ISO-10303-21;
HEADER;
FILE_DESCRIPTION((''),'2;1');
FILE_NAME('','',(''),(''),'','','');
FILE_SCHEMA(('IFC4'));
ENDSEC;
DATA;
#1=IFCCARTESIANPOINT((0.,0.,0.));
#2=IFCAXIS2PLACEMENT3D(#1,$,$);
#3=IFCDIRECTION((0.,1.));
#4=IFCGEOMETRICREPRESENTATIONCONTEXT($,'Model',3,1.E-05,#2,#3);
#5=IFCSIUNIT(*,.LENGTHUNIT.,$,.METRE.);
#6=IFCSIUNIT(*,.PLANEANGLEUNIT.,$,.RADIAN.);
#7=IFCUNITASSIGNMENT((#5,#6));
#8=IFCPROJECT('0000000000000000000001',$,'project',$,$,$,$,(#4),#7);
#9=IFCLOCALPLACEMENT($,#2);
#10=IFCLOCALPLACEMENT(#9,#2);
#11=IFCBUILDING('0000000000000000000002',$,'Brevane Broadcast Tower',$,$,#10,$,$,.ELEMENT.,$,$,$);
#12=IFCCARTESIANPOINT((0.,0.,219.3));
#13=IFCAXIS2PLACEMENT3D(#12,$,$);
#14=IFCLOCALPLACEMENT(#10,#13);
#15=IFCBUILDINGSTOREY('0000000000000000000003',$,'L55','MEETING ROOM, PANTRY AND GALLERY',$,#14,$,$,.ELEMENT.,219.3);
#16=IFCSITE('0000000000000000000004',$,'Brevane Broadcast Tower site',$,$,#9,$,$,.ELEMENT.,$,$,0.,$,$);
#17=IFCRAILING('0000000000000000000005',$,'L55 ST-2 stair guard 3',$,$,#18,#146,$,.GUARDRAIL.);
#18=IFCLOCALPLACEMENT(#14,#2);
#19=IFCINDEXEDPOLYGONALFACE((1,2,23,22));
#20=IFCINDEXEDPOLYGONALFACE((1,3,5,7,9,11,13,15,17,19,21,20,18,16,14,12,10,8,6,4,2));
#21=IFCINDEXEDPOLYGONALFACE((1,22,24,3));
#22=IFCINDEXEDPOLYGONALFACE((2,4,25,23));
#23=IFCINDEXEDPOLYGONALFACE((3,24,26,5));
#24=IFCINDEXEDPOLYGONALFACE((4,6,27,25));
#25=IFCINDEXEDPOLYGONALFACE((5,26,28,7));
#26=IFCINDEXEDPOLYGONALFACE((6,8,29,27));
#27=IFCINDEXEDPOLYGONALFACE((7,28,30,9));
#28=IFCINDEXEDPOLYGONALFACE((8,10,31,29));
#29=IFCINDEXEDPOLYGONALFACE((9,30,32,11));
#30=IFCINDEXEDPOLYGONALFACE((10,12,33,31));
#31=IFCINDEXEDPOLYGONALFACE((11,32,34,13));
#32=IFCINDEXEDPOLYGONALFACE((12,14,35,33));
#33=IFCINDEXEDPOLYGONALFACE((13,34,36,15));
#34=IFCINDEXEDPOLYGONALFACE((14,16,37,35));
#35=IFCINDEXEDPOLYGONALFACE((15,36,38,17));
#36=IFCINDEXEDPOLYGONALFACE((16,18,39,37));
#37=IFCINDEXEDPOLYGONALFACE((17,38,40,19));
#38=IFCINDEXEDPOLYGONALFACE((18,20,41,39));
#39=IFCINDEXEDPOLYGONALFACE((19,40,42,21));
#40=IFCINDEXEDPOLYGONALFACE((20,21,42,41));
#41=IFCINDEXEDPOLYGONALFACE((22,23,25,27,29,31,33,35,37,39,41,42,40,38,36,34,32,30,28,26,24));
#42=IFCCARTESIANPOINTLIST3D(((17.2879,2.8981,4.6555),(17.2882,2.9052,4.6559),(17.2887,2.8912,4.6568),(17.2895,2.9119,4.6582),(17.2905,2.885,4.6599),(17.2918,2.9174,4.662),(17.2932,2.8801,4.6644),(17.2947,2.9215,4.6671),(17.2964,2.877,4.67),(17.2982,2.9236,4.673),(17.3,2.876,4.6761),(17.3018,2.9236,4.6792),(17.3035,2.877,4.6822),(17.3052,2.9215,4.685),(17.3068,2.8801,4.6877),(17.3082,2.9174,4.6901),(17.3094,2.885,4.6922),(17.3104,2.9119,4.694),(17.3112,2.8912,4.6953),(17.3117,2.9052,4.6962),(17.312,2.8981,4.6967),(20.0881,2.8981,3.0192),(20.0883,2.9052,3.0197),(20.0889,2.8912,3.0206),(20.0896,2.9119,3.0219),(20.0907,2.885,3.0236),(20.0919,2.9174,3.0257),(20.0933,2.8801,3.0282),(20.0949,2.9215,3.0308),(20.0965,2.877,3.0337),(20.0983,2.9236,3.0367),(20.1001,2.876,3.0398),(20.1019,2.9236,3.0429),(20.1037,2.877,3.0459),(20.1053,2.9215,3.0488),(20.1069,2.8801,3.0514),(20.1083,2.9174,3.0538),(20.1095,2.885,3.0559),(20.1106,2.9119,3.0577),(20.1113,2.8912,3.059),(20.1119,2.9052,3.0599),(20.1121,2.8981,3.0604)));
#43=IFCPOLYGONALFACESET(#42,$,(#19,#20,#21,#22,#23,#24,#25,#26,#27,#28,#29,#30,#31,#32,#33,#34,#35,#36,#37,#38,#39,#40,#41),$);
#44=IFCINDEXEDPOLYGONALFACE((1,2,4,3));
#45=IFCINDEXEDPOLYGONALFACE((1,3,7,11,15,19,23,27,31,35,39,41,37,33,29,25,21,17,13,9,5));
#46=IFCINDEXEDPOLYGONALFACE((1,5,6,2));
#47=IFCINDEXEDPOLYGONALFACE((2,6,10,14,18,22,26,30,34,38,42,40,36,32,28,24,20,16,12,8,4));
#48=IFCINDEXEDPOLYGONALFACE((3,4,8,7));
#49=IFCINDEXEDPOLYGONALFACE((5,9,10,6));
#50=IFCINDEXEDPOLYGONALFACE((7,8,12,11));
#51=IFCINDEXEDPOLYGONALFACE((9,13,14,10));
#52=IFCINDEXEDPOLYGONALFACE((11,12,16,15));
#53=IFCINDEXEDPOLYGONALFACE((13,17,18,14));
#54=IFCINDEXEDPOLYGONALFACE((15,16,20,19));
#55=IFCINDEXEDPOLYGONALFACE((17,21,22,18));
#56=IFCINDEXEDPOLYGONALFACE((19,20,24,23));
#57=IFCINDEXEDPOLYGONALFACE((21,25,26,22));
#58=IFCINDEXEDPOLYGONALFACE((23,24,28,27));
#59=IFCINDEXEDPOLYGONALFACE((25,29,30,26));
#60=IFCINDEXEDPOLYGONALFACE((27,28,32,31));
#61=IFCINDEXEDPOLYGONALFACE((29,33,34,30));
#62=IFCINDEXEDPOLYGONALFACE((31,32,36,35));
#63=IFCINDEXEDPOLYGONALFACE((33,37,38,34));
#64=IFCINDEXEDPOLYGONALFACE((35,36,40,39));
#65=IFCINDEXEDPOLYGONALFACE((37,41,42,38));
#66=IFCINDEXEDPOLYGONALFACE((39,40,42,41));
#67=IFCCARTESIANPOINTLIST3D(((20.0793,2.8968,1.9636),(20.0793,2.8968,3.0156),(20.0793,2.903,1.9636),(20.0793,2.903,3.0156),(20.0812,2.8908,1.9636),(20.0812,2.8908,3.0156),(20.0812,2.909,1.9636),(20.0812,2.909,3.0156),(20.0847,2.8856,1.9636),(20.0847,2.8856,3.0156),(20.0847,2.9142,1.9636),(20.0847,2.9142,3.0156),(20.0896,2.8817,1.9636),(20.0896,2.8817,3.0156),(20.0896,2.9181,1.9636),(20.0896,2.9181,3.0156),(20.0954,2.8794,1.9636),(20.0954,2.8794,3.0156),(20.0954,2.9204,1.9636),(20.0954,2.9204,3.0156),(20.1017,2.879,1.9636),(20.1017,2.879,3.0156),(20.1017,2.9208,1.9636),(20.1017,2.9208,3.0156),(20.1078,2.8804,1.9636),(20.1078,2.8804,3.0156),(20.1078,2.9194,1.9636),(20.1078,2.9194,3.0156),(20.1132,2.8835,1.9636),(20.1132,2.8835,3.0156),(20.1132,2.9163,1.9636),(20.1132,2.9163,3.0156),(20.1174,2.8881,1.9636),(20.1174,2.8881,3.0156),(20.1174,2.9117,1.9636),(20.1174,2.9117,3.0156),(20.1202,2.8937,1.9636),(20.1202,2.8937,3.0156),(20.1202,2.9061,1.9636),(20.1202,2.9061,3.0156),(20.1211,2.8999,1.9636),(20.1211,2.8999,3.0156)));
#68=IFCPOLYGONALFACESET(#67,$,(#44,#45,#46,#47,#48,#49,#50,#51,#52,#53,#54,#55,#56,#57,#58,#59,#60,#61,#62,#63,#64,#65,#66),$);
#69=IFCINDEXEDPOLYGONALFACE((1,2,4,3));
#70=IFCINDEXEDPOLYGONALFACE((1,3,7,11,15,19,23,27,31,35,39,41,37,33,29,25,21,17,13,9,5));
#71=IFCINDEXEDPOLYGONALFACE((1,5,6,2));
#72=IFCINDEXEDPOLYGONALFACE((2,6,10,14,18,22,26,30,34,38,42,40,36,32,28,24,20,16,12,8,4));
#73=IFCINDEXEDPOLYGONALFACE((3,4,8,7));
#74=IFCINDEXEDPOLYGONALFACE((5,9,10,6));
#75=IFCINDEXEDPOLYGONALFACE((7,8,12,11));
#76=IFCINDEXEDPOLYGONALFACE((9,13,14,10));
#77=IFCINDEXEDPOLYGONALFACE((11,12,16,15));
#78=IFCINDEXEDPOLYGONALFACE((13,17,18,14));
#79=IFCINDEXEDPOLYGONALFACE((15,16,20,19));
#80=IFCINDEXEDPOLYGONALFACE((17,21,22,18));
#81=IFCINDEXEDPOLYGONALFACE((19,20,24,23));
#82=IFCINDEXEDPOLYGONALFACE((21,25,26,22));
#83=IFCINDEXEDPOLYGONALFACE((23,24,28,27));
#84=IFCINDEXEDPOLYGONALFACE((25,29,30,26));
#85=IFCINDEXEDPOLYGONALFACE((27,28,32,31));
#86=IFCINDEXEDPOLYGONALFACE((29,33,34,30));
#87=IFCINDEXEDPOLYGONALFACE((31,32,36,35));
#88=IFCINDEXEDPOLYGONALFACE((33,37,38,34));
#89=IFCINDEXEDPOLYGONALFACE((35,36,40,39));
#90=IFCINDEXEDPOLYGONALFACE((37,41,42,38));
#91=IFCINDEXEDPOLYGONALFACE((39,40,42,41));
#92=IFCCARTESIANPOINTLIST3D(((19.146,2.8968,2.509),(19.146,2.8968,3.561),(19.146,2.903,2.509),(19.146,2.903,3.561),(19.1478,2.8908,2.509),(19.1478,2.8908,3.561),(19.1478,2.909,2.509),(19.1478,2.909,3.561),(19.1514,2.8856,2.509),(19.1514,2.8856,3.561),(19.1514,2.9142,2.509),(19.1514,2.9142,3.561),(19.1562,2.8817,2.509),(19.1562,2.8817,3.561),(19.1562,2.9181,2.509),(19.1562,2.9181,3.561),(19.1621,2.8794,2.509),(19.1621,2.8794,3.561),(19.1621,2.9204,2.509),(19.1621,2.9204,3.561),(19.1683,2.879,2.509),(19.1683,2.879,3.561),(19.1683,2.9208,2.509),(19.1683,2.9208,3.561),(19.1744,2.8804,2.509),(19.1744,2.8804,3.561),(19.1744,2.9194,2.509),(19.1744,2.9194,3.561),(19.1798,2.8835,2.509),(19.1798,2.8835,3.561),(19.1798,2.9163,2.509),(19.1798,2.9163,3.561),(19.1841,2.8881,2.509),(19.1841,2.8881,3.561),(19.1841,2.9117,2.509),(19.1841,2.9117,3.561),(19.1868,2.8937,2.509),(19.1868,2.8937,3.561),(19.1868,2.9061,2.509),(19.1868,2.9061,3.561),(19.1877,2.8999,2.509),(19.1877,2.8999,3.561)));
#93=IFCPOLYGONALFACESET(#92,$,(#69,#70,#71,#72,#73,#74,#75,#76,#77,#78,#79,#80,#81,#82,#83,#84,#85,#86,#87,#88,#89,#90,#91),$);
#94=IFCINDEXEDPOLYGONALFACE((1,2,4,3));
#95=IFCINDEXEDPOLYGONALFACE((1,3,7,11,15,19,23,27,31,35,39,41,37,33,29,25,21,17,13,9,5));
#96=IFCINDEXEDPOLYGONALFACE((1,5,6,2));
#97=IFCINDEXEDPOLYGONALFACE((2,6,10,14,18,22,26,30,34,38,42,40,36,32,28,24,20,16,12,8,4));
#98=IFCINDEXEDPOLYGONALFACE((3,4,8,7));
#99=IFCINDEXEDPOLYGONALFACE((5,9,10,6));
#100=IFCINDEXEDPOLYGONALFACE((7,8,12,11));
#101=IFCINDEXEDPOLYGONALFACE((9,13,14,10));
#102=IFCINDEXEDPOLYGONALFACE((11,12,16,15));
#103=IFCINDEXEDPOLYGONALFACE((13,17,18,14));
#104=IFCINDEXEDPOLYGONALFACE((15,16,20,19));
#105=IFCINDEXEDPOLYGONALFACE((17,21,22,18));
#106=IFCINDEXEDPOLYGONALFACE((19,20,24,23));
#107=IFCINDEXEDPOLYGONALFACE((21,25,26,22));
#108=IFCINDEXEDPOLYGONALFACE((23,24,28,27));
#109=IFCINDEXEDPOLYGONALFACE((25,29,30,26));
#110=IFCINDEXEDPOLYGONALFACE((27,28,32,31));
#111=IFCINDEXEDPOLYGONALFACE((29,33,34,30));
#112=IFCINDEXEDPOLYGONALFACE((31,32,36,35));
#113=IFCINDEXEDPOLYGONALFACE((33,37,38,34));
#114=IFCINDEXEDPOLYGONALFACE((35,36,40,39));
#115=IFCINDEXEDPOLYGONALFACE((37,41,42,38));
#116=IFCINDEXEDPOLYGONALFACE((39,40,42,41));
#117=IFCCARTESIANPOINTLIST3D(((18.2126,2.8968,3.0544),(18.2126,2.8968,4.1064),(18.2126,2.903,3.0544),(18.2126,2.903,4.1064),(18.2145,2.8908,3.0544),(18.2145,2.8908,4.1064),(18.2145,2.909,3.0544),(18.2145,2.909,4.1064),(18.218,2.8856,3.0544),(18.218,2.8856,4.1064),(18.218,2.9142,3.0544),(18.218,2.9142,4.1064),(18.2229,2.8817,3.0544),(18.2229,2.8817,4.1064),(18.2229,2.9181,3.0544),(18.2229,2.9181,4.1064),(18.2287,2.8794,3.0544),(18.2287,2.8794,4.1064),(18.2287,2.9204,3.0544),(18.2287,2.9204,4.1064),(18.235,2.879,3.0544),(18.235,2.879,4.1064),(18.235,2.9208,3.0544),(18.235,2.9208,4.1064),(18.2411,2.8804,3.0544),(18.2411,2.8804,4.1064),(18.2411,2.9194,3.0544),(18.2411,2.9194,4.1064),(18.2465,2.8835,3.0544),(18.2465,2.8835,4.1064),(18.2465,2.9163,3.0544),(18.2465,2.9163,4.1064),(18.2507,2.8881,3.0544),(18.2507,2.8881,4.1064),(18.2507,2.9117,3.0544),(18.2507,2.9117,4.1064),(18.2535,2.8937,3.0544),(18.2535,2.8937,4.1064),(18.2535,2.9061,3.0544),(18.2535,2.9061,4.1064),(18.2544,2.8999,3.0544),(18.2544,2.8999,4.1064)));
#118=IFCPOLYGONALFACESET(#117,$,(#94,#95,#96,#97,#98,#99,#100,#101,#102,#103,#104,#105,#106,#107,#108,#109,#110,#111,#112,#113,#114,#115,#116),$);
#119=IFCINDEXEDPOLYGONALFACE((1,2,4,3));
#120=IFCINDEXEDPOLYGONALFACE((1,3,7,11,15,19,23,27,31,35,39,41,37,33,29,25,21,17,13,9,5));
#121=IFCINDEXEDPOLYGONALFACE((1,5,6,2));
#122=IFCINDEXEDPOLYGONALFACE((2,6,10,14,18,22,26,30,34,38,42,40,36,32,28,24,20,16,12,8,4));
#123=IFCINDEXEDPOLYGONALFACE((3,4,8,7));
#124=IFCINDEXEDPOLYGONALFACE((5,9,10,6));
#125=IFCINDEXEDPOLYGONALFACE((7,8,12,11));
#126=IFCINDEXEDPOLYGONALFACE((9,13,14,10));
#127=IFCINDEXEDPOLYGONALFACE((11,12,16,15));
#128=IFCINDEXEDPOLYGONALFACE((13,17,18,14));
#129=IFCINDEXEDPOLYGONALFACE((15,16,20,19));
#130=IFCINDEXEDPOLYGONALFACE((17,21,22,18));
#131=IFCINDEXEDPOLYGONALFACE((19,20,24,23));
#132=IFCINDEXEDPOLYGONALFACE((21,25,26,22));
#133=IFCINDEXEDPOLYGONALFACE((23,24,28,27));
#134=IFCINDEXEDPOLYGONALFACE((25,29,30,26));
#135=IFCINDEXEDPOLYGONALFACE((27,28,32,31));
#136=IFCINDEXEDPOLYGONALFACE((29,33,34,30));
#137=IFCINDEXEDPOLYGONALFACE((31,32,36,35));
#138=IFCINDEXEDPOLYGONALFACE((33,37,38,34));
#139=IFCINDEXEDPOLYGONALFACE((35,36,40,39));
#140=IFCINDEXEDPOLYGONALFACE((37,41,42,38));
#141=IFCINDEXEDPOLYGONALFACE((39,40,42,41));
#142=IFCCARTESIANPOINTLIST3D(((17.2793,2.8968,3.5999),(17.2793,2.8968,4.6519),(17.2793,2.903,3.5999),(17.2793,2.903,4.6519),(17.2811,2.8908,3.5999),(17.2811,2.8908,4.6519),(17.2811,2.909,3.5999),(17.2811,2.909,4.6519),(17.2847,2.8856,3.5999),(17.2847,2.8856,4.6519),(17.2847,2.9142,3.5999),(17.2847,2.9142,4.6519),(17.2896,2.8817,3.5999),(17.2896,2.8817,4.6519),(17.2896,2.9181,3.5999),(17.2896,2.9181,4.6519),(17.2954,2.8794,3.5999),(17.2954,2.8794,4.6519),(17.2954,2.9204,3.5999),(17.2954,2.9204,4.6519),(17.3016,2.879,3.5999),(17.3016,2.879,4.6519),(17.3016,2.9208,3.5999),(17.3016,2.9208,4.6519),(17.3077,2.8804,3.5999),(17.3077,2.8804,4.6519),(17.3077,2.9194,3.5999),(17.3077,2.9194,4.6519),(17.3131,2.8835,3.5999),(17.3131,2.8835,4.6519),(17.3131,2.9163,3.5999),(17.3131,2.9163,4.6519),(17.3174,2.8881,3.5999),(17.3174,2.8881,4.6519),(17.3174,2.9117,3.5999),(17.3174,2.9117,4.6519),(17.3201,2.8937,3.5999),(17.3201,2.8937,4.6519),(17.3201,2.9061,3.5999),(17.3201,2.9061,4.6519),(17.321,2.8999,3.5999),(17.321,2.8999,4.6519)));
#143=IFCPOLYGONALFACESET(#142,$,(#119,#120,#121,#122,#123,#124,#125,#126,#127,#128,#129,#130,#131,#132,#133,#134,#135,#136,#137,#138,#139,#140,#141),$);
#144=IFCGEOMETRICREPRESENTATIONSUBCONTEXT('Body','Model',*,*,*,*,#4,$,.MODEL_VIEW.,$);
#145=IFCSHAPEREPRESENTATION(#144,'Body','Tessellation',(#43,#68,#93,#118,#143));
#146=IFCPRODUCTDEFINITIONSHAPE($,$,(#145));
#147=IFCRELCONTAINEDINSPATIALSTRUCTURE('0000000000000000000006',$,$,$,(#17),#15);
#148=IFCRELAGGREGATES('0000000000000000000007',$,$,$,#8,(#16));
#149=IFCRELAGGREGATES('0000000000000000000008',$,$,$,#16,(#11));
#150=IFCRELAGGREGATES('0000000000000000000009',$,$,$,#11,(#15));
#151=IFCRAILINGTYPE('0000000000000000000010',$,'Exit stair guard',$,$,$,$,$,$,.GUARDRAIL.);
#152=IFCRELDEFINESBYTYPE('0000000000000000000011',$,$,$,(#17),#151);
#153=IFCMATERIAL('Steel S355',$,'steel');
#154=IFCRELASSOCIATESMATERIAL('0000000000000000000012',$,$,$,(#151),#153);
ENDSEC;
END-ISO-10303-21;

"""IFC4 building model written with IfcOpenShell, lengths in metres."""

from ifc_helpers import new_model, si_unit, direction, frame, origin, origin_2d, place, context, subcontext, project, spatial, circle, extrude, material, type_object, element, save


model = new_model("IFC4")

# Units and contexts
model_context = context("Model", 3, precision=1e-05, world=origin(), true_north=direction((0.0, 1.0)))
body_context = subcontext(model_context, "Body", "Model", "MODEL_VIEW")
ifc_project = project(units=[si_unit("LENGTHUNIT", "METRE"), si_unit("PLANEANGLEUNIT", "RADIAN")], contexts=[model_context])

# Site, building, storey
site_placement = place(None, origin())
site = spatial("IfcSite", under=ifc_project, at=site_placement, Name="Brevane Broadcast Tower site", CompositionType="ELEMENT", RefElevation=0.0)
building_placement = place(site_placement, origin())
building = spatial("IfcBuilding", under=site, at=building_placement, Name="Brevane Broadcast Tower", CompositionType="ELEMENT")
storey_placement = place(building_placement, frame((0.0, 0.0, 219.3)))
storey = spatial("IfcBuildingStorey", under=building, at=storey_placement, Name="L55", Description="MEETING ROOM, PANTRY AND GALLERY", CompositionType="ELEMENT", Elevation=219.3)

# Railing
ifc_material_1 = material(Name="Steel S355", Category="steel")
railing_type_1 = type_object("IfcRailingType", Name="Exit stair guard", PredefinedType="GUARDRAIL", material=ifc_material_1)
railing_1_placement = place(storey_placement, frame((20.1001, 2.8999, 1.9636)))
element("IfcRailing", 1, at=railing_1_placement, inside=storey, type_object=railing_type_1, Name="L55 ST-2 stair guard 3", PredefinedType="GUARDRAIL", context=body_context, shape_type="SweptSolid", body=[
    extrude(circle(Radius=0.0239, at=origin_2d()), frame((0.0, 0.0, 1.0762), z_axis=(-0.863394, 0.0, 0.504531), x_axis=(0.0, -1.0, 0.0)), (0.0, 0.0, 1.0), 3.2432),
    extrude(circle(Radius=0.021, at=origin_2d()), origin(), (0.0, 0.0, 1.0), 1.052),
    extrude(circle(Radius=0.021, at=origin_2d()), frame((-0.9333, 0.0, 0.5454)), (0.0, 0.0, 1.0), 1.052),
    extrude(circle(Radius=0.021, at=origin_2d()), frame((-1.8667, 0.0, 1.0908)), (0.0, 0.0, 1.0), 1.052),
    extrude(circle(Radius=0.021, at=origin_2d()), frame((-2.8, 0.0, 1.6362)), (0.0, 0.0, 1.0), 1.052),
])

save(model, "model.ifc")
